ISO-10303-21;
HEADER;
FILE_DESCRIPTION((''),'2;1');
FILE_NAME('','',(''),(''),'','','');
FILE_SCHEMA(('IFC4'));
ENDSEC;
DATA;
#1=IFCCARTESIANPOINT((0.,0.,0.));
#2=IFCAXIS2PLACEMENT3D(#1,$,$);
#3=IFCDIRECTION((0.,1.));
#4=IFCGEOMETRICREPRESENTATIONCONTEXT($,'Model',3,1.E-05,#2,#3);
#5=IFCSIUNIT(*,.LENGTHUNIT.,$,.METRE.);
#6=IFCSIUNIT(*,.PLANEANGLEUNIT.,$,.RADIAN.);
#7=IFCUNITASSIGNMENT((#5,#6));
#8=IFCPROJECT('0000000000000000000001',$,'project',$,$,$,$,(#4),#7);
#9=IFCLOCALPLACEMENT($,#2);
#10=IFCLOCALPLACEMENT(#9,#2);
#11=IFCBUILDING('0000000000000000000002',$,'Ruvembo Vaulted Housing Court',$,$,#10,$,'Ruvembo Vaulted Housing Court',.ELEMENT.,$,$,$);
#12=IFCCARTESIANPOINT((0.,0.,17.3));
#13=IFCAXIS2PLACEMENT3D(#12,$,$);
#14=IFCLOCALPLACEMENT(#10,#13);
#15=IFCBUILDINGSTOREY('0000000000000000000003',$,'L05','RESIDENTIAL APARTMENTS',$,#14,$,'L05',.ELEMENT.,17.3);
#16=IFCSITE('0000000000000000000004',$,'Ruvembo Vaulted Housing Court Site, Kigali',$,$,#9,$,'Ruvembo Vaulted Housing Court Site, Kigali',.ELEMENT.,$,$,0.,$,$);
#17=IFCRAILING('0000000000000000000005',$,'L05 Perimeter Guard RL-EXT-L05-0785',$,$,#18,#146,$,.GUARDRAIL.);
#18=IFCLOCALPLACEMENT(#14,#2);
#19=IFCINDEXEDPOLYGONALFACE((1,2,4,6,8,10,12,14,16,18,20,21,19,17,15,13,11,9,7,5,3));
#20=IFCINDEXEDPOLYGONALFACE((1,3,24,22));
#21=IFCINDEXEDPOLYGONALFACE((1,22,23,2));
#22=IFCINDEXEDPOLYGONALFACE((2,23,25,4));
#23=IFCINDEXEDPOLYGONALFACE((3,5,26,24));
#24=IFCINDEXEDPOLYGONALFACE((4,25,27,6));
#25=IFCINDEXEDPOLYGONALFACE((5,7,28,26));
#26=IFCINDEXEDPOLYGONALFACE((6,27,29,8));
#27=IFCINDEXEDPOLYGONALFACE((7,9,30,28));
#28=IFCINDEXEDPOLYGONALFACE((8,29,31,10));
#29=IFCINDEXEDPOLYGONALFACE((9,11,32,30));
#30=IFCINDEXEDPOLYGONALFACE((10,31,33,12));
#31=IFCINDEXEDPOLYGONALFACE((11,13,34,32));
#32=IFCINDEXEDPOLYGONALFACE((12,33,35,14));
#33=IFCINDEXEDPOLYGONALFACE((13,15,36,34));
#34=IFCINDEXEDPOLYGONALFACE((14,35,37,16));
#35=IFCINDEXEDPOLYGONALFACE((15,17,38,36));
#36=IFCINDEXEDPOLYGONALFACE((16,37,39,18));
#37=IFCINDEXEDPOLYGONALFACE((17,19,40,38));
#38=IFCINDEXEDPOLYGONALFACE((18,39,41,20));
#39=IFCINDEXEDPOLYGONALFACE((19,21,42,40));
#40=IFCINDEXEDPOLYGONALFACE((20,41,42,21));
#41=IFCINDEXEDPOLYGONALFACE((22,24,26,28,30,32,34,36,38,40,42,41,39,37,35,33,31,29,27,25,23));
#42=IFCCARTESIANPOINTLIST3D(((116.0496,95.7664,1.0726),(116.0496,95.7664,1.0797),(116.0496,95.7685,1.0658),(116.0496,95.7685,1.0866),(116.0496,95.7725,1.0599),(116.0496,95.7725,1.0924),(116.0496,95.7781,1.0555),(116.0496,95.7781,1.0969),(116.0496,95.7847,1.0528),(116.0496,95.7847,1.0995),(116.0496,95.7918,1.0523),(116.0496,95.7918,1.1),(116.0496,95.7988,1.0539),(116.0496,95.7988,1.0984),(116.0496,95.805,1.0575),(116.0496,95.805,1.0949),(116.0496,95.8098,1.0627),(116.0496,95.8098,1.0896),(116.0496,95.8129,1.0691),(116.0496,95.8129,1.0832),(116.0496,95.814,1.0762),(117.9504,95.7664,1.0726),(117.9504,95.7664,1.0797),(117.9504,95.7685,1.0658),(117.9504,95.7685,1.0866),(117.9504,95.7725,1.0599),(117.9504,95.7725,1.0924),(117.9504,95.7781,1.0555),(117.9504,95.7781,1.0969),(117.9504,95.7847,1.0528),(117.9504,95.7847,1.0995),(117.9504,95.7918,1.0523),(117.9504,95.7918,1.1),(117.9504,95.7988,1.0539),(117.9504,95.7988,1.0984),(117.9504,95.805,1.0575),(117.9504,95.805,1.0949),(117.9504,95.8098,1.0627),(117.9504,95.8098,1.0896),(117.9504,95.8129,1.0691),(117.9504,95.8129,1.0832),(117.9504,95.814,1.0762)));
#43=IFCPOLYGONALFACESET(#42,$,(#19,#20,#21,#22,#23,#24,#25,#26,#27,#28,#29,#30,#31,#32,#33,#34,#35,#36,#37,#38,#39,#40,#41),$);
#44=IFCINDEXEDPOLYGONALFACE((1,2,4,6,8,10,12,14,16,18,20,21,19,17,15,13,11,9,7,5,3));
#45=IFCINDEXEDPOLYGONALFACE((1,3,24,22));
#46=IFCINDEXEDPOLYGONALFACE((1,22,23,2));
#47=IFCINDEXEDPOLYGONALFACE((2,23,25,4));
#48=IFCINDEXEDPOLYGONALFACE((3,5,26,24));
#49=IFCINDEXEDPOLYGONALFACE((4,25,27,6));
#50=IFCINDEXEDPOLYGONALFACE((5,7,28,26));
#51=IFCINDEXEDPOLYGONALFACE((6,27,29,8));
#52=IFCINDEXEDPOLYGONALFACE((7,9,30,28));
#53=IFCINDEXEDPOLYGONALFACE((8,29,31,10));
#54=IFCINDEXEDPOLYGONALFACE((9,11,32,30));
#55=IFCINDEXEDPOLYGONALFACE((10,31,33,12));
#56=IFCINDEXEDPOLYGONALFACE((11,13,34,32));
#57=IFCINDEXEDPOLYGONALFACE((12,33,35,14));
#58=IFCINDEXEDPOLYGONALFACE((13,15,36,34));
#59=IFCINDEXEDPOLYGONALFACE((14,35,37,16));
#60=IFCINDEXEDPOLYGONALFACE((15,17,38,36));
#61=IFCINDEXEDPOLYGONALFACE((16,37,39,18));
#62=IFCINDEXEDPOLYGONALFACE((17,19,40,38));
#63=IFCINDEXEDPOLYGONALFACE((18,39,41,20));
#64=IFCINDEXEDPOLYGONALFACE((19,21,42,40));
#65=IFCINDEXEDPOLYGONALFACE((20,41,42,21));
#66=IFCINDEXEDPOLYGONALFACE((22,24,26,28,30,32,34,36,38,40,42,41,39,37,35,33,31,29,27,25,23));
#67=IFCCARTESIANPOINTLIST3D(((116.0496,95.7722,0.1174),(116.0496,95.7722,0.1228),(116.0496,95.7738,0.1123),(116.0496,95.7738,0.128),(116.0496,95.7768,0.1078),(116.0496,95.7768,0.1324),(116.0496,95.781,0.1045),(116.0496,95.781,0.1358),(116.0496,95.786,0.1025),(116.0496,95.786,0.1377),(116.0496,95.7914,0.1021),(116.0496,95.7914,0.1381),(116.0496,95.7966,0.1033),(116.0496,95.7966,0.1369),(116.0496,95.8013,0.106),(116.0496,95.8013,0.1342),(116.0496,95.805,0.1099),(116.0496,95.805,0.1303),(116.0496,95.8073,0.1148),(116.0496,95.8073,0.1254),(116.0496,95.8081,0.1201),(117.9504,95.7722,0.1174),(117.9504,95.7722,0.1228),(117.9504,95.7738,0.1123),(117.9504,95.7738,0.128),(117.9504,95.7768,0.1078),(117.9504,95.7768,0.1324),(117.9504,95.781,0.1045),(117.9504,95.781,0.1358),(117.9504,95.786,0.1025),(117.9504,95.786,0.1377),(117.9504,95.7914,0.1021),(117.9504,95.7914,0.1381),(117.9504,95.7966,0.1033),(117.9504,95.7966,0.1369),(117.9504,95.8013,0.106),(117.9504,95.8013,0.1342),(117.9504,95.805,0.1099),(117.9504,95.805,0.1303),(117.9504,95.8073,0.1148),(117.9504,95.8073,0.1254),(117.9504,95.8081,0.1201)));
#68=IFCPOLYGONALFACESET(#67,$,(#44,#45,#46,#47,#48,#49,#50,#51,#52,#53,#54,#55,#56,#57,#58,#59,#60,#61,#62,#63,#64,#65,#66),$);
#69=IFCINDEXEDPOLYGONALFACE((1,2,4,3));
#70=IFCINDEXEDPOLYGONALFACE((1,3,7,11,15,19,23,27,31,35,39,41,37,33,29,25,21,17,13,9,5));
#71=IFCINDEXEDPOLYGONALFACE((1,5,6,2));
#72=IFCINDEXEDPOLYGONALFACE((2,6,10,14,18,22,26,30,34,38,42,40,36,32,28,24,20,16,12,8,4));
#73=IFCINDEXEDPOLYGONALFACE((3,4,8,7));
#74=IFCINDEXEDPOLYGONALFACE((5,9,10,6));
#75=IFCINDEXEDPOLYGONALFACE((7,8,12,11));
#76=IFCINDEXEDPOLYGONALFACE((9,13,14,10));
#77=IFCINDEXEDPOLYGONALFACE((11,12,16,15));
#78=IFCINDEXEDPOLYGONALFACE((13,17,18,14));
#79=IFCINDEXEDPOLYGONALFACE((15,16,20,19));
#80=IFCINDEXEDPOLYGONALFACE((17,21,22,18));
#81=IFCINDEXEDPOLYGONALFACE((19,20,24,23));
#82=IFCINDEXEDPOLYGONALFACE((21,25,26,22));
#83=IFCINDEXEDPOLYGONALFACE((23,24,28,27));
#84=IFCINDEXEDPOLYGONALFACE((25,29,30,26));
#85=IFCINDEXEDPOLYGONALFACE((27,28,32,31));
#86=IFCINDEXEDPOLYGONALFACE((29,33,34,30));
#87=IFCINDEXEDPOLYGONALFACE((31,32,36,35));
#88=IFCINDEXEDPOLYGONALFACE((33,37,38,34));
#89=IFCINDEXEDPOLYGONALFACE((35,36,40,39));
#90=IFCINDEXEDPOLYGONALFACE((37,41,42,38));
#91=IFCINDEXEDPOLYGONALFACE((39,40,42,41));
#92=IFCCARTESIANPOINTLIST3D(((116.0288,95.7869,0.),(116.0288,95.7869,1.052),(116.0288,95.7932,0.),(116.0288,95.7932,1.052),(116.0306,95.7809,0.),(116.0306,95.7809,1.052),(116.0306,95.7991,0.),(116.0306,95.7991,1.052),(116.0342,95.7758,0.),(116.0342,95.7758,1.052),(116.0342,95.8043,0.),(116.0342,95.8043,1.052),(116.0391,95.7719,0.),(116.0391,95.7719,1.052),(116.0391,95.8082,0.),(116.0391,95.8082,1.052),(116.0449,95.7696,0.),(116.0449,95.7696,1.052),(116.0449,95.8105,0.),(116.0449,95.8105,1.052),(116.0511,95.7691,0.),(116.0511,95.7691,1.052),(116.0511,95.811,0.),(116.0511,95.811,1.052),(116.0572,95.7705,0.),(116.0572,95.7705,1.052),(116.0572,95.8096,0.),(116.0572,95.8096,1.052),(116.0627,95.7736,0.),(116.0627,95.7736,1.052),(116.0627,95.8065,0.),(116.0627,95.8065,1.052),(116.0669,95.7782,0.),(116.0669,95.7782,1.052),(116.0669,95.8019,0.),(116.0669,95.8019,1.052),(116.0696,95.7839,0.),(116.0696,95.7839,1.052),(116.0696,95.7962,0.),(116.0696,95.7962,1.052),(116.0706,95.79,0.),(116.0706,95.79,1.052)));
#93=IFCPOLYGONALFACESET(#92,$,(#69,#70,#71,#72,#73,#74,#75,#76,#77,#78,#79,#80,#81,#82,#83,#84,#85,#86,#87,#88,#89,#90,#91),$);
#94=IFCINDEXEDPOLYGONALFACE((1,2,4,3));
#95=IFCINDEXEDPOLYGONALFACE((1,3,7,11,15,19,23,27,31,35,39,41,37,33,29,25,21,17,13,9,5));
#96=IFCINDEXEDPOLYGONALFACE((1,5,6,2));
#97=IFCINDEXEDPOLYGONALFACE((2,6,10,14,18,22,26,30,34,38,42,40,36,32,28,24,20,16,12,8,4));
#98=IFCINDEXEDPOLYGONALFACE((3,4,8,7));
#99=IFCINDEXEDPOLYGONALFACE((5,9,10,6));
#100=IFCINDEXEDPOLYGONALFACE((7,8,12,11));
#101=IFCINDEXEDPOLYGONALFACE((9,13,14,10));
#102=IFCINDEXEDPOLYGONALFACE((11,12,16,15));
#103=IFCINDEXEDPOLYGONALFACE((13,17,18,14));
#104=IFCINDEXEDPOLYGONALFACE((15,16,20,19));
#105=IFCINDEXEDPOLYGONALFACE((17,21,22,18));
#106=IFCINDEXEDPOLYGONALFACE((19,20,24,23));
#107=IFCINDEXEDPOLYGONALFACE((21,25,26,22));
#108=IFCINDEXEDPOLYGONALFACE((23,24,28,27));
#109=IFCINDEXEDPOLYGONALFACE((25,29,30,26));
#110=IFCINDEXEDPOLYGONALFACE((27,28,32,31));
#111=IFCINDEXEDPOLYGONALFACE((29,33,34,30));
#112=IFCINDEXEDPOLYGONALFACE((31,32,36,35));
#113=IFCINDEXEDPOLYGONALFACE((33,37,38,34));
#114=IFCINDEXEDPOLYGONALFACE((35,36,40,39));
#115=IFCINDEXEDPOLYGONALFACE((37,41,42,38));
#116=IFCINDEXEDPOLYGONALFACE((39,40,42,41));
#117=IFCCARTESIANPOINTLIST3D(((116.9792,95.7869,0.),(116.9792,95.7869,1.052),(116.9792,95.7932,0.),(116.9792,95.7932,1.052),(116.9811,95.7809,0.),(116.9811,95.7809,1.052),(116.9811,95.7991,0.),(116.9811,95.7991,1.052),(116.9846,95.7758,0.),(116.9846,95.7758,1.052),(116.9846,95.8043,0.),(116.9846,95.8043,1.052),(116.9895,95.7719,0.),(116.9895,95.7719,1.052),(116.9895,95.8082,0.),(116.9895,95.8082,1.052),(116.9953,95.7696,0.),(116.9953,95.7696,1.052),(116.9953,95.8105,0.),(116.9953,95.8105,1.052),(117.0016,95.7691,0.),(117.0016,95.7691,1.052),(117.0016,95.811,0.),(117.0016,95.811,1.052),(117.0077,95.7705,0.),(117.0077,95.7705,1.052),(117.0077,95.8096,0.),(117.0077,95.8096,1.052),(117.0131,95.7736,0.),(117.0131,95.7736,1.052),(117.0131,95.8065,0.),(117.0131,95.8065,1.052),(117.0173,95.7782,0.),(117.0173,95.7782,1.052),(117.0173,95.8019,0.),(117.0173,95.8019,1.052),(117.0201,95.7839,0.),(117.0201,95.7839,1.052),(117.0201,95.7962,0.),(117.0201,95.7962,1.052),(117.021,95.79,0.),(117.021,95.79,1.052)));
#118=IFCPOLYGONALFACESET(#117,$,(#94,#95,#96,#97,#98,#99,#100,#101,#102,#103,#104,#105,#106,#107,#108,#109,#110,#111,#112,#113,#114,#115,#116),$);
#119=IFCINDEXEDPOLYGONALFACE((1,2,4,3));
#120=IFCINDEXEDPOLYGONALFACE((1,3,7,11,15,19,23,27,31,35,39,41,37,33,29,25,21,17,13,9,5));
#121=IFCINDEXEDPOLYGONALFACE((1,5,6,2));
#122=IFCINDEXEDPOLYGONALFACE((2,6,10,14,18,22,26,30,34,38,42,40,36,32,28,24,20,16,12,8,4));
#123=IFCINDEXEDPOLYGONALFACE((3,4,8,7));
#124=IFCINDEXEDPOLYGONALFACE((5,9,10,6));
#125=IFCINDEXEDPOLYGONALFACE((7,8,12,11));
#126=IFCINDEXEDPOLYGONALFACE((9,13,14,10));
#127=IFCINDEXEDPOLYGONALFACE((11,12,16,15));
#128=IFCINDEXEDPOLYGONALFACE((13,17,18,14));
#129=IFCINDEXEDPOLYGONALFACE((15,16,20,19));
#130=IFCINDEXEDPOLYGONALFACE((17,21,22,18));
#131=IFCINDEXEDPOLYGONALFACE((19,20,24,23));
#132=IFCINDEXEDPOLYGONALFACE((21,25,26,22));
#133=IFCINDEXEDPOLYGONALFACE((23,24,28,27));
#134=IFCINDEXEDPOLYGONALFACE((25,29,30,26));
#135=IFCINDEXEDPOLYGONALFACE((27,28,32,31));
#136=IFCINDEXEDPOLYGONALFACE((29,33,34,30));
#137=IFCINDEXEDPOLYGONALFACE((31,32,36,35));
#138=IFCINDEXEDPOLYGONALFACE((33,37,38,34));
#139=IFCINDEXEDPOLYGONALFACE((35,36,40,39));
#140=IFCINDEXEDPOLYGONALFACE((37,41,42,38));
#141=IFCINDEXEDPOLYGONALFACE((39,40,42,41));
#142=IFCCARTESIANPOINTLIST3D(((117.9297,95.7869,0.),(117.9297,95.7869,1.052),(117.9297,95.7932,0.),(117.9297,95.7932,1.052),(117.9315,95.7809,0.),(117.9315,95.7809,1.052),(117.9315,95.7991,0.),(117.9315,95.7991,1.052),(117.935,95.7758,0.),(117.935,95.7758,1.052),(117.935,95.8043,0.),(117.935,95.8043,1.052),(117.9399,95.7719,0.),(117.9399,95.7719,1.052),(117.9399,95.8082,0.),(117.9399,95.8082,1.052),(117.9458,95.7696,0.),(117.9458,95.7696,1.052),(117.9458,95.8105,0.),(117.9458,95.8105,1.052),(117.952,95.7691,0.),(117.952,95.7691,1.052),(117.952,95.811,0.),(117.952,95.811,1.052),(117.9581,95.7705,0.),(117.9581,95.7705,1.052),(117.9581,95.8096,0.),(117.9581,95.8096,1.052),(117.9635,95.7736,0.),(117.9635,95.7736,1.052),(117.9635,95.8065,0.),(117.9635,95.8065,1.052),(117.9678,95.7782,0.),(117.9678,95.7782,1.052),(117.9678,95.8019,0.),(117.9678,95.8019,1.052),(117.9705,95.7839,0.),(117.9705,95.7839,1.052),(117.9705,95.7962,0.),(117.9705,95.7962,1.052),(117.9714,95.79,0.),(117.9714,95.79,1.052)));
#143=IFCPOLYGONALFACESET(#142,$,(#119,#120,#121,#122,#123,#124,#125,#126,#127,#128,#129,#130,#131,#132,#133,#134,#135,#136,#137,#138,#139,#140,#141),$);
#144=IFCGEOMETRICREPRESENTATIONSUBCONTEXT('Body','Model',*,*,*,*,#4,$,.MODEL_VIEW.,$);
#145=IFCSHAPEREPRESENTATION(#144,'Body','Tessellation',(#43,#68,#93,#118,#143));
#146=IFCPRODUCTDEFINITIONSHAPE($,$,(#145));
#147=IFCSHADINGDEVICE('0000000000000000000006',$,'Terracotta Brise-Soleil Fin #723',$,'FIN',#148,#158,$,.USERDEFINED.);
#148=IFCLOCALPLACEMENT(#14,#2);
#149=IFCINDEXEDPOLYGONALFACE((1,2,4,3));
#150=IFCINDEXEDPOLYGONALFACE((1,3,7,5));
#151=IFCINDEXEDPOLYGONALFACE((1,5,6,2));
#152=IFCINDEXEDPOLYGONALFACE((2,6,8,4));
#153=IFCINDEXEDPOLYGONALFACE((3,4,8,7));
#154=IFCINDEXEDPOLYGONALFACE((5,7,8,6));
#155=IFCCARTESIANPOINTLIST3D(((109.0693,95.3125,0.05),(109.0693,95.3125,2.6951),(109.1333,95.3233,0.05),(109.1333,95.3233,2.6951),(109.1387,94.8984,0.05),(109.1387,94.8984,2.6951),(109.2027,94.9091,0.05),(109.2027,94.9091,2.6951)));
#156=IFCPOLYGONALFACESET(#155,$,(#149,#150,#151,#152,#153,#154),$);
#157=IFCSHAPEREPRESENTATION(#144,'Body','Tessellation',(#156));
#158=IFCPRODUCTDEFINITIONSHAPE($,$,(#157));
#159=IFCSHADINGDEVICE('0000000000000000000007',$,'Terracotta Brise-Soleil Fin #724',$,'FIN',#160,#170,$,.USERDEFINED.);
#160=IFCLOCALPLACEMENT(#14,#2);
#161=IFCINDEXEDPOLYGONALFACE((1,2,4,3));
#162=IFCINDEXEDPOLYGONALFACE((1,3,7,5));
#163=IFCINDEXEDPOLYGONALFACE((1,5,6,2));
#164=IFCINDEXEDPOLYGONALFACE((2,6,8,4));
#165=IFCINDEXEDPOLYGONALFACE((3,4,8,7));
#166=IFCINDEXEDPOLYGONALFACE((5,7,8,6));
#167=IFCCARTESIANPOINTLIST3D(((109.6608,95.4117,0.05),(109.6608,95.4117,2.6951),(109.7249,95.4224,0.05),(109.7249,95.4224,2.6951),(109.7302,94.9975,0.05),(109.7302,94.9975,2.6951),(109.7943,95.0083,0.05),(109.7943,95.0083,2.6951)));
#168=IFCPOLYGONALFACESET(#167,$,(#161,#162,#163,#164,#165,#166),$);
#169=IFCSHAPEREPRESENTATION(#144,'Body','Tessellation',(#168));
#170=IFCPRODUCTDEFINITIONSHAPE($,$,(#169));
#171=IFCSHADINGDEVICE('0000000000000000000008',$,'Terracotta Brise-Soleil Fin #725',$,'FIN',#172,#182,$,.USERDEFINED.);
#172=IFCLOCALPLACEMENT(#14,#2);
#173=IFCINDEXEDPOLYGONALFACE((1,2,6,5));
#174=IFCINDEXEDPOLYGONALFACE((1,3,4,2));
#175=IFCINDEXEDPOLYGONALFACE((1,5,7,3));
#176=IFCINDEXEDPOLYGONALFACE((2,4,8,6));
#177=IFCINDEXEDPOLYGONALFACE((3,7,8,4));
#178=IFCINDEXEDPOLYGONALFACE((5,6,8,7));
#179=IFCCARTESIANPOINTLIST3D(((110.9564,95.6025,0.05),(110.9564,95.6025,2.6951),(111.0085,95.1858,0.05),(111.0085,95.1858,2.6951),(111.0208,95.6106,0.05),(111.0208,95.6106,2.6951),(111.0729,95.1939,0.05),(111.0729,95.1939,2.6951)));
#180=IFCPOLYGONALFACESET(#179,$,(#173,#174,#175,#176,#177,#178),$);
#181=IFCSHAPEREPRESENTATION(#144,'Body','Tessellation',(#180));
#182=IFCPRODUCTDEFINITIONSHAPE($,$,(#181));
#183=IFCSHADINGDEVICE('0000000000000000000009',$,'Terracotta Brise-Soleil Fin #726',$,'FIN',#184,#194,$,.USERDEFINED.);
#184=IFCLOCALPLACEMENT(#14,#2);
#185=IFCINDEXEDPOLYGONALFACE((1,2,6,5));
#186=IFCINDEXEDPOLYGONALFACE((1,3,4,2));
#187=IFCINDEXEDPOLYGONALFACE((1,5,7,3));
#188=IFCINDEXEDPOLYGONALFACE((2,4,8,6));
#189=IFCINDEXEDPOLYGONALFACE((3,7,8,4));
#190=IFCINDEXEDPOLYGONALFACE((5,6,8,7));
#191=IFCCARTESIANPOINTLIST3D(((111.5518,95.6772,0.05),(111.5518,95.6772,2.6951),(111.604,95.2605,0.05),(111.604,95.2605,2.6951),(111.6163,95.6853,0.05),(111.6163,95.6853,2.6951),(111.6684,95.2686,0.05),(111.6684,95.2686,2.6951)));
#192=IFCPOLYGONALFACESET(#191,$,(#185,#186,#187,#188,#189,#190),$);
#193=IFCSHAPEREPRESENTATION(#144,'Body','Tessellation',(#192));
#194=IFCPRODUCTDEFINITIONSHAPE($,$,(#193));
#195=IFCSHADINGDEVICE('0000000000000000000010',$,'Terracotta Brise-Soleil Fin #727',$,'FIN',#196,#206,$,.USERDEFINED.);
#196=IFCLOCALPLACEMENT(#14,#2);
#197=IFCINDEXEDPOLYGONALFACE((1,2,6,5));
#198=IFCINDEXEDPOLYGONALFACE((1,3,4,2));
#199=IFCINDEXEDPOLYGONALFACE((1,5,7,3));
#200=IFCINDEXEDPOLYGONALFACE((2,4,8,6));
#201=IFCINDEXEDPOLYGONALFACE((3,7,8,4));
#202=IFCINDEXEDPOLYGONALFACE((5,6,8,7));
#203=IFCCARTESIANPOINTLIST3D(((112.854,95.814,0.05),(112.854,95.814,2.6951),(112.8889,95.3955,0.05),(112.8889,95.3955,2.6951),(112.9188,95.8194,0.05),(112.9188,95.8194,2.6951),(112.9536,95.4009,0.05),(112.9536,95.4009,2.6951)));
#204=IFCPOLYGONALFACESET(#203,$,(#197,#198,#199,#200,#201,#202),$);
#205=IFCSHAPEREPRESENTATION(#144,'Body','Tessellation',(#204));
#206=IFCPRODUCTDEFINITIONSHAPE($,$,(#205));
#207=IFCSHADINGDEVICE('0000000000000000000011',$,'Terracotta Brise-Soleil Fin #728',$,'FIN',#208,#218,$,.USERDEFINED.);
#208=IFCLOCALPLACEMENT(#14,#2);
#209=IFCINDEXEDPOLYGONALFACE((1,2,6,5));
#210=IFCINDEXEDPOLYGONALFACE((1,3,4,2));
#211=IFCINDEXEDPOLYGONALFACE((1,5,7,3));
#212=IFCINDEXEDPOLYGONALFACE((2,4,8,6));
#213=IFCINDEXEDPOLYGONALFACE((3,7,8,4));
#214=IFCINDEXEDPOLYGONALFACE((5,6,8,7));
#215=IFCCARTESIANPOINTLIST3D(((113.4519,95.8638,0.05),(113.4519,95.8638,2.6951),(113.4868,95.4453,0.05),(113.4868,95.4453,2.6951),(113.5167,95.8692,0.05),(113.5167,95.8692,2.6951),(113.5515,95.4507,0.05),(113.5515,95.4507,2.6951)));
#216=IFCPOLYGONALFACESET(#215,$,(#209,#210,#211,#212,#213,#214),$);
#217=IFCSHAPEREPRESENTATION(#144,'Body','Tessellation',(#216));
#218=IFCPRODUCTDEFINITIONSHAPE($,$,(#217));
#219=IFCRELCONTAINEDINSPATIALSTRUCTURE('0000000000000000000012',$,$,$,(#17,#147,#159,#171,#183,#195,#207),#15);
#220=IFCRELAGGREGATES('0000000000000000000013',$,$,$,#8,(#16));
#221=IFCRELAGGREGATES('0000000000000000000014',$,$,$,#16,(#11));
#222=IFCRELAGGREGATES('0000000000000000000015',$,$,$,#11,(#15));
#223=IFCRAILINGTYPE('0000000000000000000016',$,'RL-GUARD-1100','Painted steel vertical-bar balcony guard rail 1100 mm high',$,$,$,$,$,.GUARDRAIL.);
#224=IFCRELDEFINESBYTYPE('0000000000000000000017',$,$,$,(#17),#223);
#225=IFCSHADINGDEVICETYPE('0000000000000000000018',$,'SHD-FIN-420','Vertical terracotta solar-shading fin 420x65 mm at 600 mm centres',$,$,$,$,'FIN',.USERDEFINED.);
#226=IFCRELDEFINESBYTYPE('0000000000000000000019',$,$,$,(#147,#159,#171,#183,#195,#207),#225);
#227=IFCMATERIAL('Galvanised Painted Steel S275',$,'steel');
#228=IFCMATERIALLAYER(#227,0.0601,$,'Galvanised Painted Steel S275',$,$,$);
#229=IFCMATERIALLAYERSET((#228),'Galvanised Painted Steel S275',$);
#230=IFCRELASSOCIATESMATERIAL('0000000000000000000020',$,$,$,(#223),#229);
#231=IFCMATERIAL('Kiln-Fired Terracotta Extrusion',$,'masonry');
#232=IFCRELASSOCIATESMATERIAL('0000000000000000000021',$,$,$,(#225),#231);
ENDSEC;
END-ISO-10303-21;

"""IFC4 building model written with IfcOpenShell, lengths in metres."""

from ifc_helpers import new_model, si_unit, direction, frame, origin, origin_2d, place, context, subcontext, project, spatial, rectangle, circle, extrude, material, layer, layer_set, type_object, element, save


model = new_model("IFC4")

# Units and contexts
model_context = context("Model", 3, precision=1e-05, world=origin(), true_north=direction((0.0, 1.0)))
body_context = subcontext(model_context, "Body", "Model", "MODEL_VIEW")
ifc_project = project(units=[si_unit("LENGTHUNIT", "METRE"), si_unit("PLANEANGLEUNIT", "RADIAN")], contexts=[model_context])

# Site, building, storey
site_placement = place(None, origin())
site = spatial("IfcSite", under=ifc_project, at=site_placement, Name="Ruvembo Vaulted Housing Court Site, Kigali", LongName="Ruvembo Vaulted Housing Court Site, Kigali", CompositionType="ELEMENT", RefElevation=0.0)
building_placement = place(site_placement, origin())
building = spatial("IfcBuilding", under=site, at=building_placement, Name="Ruvembo Vaulted Housing Court", LongName="Ruvembo Vaulted Housing Court", CompositionType="ELEMENT")
storey_placement = place(building_placement, frame((0.0, 0.0, 17.3)))
storey = spatial("IfcBuildingStorey", under=building, at=storey_placement, Name="L05", Description="RESIDENTIAL APARTMENTS", LongName="L05", CompositionType="ELEMENT", Elevation=17.3)

# Railing
ifc_material_1 = material(Name="Galvanised Painted Steel S275", Category="steel")
ifc_layer = layer(ifc_material_1, 0.0601, Name="Galvanised Painted Steel S275")
ifc_layer_set = layer_set([ifc_layer], Name="Galvanised Painted Steel S275")
railing_type = type_object("IfcRailingType", Name="RL-GUARD-1100", Description="Painted steel vertical-bar balcony guard rail 1100 mm high", PredefinedType="GUARDRAIL", material=ifc_layer_set)
railing_1_placement = place(storey_placement, frame((116.0496, 95.79, 0.0)))
element("IfcRailing", 1, at=railing_1_placement, inside=storey, type_object=railing_type, Name="L05 Perimeter Guard RL-EXT-L05-0785", PredefinedType="GUARDRAIL", context=body_context, shape_type="SweptSolid", body=[
    extrude(circle(Radius=0.0239, at=origin_2d()), frame((0.0, 0.0, 1.0762), z_axis=(1.0, 0.0, 0.0), x_axis=(0.0, 1.0, 0.0)), (0.0, 0.0, 1.0), 1.9009),
    extrude(circle(Radius=0.0181, at=origin_2d()), frame((0.0, 0.0, 0.1201), z_axis=(1.0, 0.0, 0.0), x_axis=(0.0, 1.0, 0.0)), (0.0, 0.0, 1.0), 1.9009),
    extrude(circle(Radius=0.021, at=origin_2d()), origin(), (0.0, 0.0, 1.0), 1.052),
    extrude(circle(Radius=0.021, at=origin_2d()), frame((0.9504, 0.0, 0.0)), (0.0, 0.0, 1.0), 1.052),
    extrude(circle(Radius=0.021, at=origin_2d()), frame((1.9009, 0.0, 0.0)), (0.0, 0.0, 1.0), 1.052),
])

# Shading devices
ifc_material_2 = material(Name="Kiln-Fired Terracotta Extrusion", Category="masonry")
shading_device_type = type_object("IfcShadingDeviceType", Name="SHD-FIN-420", Description="Vertical terracotta solar-shading fin 420x65 mm at 600 mm centres", ElementType="FIN", PredefinedType="USERDEFINED", material=ifc_material_2)
for number, where, z_axis, x_axis, name in (
    (2, (109.136, 95.1108, 0.05), (0.0, 0.0, 1.0), (0.165271, -0.986248, 0.0), "Terracotta Brise-Soleil Fin #723"),
    (3, (109.7275, 95.21, 0.05), (0.0, 0.0, 1.0), (0.165271, -0.986248, 0.0), "Terracotta Brise-Soleil Fin #724"),
    (4, (111.0146, 95.3982, 0.05), (0.0, 0.0, 1.0), (0.12419, -0.992258, 0.0), "Terracotta Brise-Soleil Fin #725"),
    (5, (111.6101, 95.4729, 0.05), (0.0, 0.0, 1.0), (0.12419, -0.992258, 0.0), "Terracotta Brise-Soleil Fin #726"),
    (6, (112.9038, 95.6074, 0.05), (0.0, 0.0, 1.0), (0.082895, -0.996558, 0.0), "Terracotta Brise-Soleil Fin #727"),
    (7, (113.5017, 95.6572, 0.05), (0.0, 0.0, 1.0), (0.082895, -0.996558, 0.0), "Terracotta Brise-Soleil Fin #728"),
):
    element("IfcShadingDevice", number, at=place(storey_placement, frame(where, z_axis=z_axis, x_axis=x_axis)), inside=storey, type_object=shading_device_type, Name=name, ObjectType="FIN", PredefinedType="USERDEFINED", context=body_context, shape_type="SweptSolid", body=[
        extrude(rectangle(XDim=0.4199, YDim=0.0649, at=origin_2d()), origin(), (0.0, 0.0, 1.0), 2.645),
    ])

save(model, "model.ifc")
